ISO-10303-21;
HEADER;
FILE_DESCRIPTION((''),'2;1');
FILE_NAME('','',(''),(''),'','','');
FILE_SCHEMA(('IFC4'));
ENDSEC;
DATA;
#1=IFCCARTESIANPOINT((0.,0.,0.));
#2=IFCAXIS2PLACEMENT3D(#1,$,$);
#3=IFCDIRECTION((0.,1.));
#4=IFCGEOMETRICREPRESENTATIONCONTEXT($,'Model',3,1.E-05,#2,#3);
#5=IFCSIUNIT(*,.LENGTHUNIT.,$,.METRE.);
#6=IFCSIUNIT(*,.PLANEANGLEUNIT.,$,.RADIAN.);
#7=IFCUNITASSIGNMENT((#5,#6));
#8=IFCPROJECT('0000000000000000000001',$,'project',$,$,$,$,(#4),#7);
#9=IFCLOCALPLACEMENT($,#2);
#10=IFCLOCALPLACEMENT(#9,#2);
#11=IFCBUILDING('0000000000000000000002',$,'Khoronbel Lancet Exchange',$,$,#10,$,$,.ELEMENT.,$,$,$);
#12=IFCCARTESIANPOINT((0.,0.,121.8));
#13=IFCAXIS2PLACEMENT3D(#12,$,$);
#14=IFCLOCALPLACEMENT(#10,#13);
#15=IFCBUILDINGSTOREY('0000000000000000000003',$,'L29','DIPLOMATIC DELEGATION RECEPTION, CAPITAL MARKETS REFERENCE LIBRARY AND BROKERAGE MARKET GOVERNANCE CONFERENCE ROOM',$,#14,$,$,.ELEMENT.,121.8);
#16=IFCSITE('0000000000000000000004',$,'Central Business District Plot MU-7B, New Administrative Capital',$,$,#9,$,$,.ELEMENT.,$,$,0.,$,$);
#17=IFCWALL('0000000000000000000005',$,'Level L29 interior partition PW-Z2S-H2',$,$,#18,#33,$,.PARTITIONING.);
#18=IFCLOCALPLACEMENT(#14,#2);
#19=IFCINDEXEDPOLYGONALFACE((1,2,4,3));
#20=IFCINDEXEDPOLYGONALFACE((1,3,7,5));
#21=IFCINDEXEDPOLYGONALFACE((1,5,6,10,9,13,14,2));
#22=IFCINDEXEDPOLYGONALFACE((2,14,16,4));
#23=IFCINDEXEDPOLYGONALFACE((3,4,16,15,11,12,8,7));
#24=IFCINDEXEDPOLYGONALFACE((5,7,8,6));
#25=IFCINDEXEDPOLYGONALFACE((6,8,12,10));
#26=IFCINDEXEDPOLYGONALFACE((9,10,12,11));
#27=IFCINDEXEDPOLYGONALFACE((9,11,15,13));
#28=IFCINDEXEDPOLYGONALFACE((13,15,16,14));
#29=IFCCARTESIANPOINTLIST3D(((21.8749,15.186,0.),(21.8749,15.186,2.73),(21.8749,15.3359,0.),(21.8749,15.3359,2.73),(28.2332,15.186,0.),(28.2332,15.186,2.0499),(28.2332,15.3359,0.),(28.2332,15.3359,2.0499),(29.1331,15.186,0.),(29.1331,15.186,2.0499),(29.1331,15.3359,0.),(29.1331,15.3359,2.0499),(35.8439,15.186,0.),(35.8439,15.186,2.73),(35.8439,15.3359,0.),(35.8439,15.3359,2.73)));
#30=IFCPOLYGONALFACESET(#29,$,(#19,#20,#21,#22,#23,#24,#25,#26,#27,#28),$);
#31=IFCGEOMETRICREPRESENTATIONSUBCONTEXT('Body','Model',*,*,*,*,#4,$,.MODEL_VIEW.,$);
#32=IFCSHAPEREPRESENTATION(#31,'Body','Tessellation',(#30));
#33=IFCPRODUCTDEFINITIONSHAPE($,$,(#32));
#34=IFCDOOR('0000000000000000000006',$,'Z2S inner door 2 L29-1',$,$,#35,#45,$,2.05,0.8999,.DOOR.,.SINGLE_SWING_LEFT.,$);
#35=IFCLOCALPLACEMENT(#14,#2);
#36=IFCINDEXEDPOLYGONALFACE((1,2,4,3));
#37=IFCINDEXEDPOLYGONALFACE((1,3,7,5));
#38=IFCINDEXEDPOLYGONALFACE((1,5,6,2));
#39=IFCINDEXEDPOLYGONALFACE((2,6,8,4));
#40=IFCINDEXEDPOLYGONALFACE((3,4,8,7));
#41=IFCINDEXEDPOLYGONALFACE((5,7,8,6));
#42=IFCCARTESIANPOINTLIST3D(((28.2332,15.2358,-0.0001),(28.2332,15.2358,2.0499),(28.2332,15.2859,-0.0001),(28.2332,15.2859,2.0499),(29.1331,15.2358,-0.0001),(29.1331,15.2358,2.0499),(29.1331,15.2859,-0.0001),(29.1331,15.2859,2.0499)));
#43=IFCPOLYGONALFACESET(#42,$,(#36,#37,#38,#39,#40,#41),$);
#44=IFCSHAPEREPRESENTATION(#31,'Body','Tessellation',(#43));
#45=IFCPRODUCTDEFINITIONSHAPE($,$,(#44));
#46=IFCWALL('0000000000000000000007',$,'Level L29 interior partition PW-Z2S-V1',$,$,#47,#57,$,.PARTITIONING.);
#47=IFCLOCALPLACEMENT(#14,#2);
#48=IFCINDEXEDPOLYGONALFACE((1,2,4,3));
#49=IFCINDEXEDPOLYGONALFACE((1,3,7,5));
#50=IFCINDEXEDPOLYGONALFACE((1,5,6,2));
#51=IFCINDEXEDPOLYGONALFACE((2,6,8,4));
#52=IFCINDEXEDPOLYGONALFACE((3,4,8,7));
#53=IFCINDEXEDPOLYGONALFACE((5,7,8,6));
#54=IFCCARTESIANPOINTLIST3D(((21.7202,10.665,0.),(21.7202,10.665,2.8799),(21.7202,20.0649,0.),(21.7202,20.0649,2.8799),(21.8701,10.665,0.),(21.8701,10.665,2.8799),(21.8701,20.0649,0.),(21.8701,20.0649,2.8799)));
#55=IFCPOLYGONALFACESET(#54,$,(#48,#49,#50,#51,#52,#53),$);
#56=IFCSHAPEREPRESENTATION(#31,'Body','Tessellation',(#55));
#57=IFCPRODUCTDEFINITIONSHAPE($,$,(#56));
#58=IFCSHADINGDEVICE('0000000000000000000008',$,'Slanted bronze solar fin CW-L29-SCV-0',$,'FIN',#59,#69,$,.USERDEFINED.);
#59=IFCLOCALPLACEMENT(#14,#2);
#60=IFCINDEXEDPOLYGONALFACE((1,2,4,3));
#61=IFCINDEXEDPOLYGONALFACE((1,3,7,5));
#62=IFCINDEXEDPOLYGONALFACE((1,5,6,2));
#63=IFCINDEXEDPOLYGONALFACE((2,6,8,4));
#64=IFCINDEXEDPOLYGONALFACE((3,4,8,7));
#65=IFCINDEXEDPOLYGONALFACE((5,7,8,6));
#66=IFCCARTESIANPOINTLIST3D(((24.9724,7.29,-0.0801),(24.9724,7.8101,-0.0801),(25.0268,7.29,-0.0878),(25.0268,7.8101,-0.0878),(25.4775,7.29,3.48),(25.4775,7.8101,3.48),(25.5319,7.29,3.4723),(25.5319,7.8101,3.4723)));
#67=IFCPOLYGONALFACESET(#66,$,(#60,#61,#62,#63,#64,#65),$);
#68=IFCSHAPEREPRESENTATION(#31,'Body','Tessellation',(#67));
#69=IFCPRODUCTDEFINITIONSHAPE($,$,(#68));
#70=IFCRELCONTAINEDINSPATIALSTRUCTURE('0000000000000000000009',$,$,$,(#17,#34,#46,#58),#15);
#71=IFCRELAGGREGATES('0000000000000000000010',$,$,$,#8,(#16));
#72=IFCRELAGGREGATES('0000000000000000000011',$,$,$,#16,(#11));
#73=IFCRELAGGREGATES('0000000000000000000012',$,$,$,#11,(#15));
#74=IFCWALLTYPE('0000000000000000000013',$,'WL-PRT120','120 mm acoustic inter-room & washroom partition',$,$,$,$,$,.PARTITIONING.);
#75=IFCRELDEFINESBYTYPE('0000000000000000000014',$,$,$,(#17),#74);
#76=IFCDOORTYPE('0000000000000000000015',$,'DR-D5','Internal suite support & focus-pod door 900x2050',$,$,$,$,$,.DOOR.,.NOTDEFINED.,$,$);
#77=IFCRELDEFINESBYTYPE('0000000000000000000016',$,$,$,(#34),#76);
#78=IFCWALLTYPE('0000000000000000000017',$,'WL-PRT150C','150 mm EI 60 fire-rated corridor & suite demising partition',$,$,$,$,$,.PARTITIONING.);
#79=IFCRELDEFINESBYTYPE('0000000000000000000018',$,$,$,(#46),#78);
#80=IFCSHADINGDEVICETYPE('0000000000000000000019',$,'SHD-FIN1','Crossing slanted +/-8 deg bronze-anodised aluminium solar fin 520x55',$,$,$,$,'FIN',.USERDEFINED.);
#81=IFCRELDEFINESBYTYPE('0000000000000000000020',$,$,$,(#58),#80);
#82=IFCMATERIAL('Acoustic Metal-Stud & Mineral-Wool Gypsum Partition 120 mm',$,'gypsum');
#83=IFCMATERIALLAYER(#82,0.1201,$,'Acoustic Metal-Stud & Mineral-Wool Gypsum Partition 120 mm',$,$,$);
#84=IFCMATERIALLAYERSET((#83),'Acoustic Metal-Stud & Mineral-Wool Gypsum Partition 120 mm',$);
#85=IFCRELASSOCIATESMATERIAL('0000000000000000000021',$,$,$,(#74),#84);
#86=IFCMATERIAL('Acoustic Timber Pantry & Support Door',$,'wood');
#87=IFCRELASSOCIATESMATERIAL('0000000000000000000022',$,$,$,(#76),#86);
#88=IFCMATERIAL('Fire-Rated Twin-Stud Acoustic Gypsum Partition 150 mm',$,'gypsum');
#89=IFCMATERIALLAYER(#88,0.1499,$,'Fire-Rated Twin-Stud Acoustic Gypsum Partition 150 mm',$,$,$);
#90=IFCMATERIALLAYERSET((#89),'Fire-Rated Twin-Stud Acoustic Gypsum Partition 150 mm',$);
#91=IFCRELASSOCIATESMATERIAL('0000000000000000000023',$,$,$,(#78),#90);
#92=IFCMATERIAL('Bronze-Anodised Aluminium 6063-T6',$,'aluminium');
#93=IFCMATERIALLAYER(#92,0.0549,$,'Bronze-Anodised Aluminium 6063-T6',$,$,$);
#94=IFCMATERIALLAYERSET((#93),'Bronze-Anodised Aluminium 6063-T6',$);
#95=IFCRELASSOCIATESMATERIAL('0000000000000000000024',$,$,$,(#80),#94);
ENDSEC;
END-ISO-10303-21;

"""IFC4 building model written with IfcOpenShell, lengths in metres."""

from ifc_helpers import new_model, si_unit, direction, frame, frame_2d, origin, place, context, subcontext, project, spatial, polyline, rectangle, outline, extrude, material, layer, layer_set, type_object, element, fill, save


model = new_model("IFC4")

# Units and contexts
model_context = context("Model", 3, precision=1e-05, world=origin(), true_north=direction((0.0, 1.0)))
body_context = subcontext(model_context, "Body", "Model", "MODEL_VIEW")
ifc_project = project(units=[si_unit("LENGTHUNIT", "METRE"), si_unit("PLANEANGLEUNIT", "RADIAN")], contexts=[model_context])

# Site, building, storey
site_placement = place(None, origin())
site = spatial("IfcSite", under=ifc_project, at=site_placement, Name="Central Business District Plot MU-7B, New Administrative Capital", CompositionType="ELEMENT", RefElevation=0.0)
building_placement = place(site_placement, origin())
building = spatial("IfcBuilding", under=site, at=building_placement, Name="Khoronbel Lancet Exchange", CompositionType="ELEMENT")
storey_placement = place(building_placement, frame((0.0, 0.0, 121.8)))
storey = spatial("IfcBuildingStorey", under=building, at=storey_placement, Name="L29", Description="DIPLOMATIC DELEGATION RECEPTION, CAPITAL MARKETS REFERENCE LIBRARY AND BROKERAGE MARKET GOVERNANCE CONFERENCE ROOM", CompositionType="ELEMENT", Elevation=121.8)

# Shared definitions
ifc_material_1 = material(Name="Bronze-Anodised Aluminium 6063-T6", Category="aluminium")

# Wall, opening, door
ifc_material_2 = material(Name="Acoustic Metal-Stud & Mineral-Wool Gypsum Partition 120 mm", Category="gypsum")
ifc_layer_1 = layer(ifc_material_2, 0.1201, Name="Acoustic Metal-Stud & Mineral-Wool Gypsum Partition 120 mm")
ifc_layer_set_1 = layer_set([ifc_layer_1], Name="Acoustic Metal-Stud & Mineral-Wool Gypsum Partition 120 mm")
wall_type_1 = type_object("IfcWallType", Name="WL-PRT120", Description="120 mm acoustic inter-room & washroom partition", PredefinedType="PARTITIONING", material=ifc_layer_set_1)
wall_1_placement = place(storey_placement, frame((21.875, 15.261, 0.0), z_axis=(0.0, 0.0, 1.0), x_axis=(1.0, 0.0, 0.0)))
wall_1 = element("IfcWall", 1, at=wall_1_placement, inside=storey, type_object=wall_type_1, Name="Level L29 interior partition PW-Z2S-H2", PredefinedType="PARTITIONING", context=body_context, shape_type="SweptSolid", body=[
    extrude(rectangle(XDim=13.969, YDim=0.1499, at=frame_2d((6.9844, 0.0))), origin(), (0.0, 0.0, 1.0), 2.73),
])
opening_placement = place(wall_1_placement, frame((6.3582, 0.0, 0.0)))
opening = element("IfcOpeningElement", 2, at=opening_placement, cuts=wall_1, PredefinedType="OPENING", context=body_context, shape_type="SweptSolid", body=[
    extrude(rectangle(XDim=0.8999, YDim=2.05, at=frame_2d((0.45, 1.0249))), frame((0.0, 0.085, 0.0), z_axis=(0.0, -1.0, 0.0), x_axis=(1.0, 0.0, 0.0)), (0.0, 0.0, 1.0), 0.1699),
])
ifc_material_3 = material(Name="Acoustic Timber Pantry & Support Door", Category="wood")
door_type = type_object("IfcDoorType", Name="DR-D5", Description="Internal suite support & focus-pod door 900x2050", OperationType="NOTDEFINED", PredefinedType="DOOR", material=ifc_material_3)
door_placement = place(opening_placement, origin())
door = element("IfcDoor", 3, at=door_placement, inside=storey, type_object=door_type, Name="Z2S inner door 2 L29-1", OperationType="SINGLE_SWING_LEFT", OverallHeight=2.05, OverallWidth=0.8999, PredefinedType="DOOR", context=body_context, shape_type="SweptSolid", body=[
    extrude(rectangle(XDim=0.8999, YDim=2.05, at=frame_2d((0.45, 1.0249))), frame((0.0, 0.0249, 0.0), z_axis=(0.0, -1.0, 0.0), x_axis=(1.0, 0.0, 0.0)), (0.0, 0.0, 1.0), 0.05),
])
fill(opening, door)

# Wall
ifc_material_4 = material(Name="Fire-Rated Twin-Stud Acoustic Gypsum Partition 150 mm", Category="gypsum")
ifc_layer_2 = layer(ifc_material_4, 0.1499, Name="Fire-Rated Twin-Stud Acoustic Gypsum Partition 150 mm")
ifc_layer_set_2 = layer_set([ifc_layer_2], Name="Fire-Rated Twin-Stud Acoustic Gypsum Partition 150 mm")
wall_type_2 = type_object("IfcWallType", Name="WL-PRT150C", Description="150 mm EI 60 fire-rated corridor & suite demising partition", PredefinedType="PARTITIONING", material=ifc_layer_set_2)
wall_2_placement = place(storey_placement, frame((21.7952, 10.665, 0.0), z_axis=(0.0, 0.0, 1.0), x_axis=(0.0, 1.0, 0.0)))
element("IfcWall", 4, at=wall_2_placement, inside=storey, type_object=wall_type_2, Name="Level L29 interior partition PW-Z2S-V1", PredefinedType="PARTITIONING", context=body_context, shape_type="SweptSolid", body=[
    extrude(rectangle(XDim=9.3999, YDim=0.1499, at=frame_2d((4.7, 0.0))), origin(), (0.0, 0.0, 1.0), 2.8799),
])

# Shading device
ifc_layer_3 = layer(ifc_material_1, 0.0549, Name="Bronze-Anodised Aluminium 6063-T6")
ifc_layer_set_3 = layer_set([ifc_layer_3], Name="Bronze-Anodised Aluminium 6063-T6")
shading_device_type = type_object("IfcShadingDeviceType", Name="SHD-FIN1", Description="Crossing slanted +/-8 deg bronze-anodised aluminium solar fin 520x55", ElementType="FIN", PredefinedType="USERDEFINED", material=ifc_layer_set_3)
shading_device_placement = place(storey_placement, frame((24.9724, 7.8101, -0.0801), z_axis=(-0.990083, 0.0, 0.14048), x_axis=(0.0, -1.0, 0.0)))
element("IfcShadingDevice", 5, at=shading_device_placement, inside=storey, type_object=shading_device_type, Name="Slanted bronze solar fin CW-L29-SCV-0", ObjectType="FIN", PredefinedType="USERDEFINED", context=body_context, shape_type="SweptSolid", body=[
    extrude(outline(polyline([(0.0, 0.0), (0.52, 0.0), (0.52, 3.5957), (0.0, 3.5957), (0.0, 0.0)])), origin(), (0.0, 0.0, -1.0), 0.0549),
])

save(model, "model.ifc")
